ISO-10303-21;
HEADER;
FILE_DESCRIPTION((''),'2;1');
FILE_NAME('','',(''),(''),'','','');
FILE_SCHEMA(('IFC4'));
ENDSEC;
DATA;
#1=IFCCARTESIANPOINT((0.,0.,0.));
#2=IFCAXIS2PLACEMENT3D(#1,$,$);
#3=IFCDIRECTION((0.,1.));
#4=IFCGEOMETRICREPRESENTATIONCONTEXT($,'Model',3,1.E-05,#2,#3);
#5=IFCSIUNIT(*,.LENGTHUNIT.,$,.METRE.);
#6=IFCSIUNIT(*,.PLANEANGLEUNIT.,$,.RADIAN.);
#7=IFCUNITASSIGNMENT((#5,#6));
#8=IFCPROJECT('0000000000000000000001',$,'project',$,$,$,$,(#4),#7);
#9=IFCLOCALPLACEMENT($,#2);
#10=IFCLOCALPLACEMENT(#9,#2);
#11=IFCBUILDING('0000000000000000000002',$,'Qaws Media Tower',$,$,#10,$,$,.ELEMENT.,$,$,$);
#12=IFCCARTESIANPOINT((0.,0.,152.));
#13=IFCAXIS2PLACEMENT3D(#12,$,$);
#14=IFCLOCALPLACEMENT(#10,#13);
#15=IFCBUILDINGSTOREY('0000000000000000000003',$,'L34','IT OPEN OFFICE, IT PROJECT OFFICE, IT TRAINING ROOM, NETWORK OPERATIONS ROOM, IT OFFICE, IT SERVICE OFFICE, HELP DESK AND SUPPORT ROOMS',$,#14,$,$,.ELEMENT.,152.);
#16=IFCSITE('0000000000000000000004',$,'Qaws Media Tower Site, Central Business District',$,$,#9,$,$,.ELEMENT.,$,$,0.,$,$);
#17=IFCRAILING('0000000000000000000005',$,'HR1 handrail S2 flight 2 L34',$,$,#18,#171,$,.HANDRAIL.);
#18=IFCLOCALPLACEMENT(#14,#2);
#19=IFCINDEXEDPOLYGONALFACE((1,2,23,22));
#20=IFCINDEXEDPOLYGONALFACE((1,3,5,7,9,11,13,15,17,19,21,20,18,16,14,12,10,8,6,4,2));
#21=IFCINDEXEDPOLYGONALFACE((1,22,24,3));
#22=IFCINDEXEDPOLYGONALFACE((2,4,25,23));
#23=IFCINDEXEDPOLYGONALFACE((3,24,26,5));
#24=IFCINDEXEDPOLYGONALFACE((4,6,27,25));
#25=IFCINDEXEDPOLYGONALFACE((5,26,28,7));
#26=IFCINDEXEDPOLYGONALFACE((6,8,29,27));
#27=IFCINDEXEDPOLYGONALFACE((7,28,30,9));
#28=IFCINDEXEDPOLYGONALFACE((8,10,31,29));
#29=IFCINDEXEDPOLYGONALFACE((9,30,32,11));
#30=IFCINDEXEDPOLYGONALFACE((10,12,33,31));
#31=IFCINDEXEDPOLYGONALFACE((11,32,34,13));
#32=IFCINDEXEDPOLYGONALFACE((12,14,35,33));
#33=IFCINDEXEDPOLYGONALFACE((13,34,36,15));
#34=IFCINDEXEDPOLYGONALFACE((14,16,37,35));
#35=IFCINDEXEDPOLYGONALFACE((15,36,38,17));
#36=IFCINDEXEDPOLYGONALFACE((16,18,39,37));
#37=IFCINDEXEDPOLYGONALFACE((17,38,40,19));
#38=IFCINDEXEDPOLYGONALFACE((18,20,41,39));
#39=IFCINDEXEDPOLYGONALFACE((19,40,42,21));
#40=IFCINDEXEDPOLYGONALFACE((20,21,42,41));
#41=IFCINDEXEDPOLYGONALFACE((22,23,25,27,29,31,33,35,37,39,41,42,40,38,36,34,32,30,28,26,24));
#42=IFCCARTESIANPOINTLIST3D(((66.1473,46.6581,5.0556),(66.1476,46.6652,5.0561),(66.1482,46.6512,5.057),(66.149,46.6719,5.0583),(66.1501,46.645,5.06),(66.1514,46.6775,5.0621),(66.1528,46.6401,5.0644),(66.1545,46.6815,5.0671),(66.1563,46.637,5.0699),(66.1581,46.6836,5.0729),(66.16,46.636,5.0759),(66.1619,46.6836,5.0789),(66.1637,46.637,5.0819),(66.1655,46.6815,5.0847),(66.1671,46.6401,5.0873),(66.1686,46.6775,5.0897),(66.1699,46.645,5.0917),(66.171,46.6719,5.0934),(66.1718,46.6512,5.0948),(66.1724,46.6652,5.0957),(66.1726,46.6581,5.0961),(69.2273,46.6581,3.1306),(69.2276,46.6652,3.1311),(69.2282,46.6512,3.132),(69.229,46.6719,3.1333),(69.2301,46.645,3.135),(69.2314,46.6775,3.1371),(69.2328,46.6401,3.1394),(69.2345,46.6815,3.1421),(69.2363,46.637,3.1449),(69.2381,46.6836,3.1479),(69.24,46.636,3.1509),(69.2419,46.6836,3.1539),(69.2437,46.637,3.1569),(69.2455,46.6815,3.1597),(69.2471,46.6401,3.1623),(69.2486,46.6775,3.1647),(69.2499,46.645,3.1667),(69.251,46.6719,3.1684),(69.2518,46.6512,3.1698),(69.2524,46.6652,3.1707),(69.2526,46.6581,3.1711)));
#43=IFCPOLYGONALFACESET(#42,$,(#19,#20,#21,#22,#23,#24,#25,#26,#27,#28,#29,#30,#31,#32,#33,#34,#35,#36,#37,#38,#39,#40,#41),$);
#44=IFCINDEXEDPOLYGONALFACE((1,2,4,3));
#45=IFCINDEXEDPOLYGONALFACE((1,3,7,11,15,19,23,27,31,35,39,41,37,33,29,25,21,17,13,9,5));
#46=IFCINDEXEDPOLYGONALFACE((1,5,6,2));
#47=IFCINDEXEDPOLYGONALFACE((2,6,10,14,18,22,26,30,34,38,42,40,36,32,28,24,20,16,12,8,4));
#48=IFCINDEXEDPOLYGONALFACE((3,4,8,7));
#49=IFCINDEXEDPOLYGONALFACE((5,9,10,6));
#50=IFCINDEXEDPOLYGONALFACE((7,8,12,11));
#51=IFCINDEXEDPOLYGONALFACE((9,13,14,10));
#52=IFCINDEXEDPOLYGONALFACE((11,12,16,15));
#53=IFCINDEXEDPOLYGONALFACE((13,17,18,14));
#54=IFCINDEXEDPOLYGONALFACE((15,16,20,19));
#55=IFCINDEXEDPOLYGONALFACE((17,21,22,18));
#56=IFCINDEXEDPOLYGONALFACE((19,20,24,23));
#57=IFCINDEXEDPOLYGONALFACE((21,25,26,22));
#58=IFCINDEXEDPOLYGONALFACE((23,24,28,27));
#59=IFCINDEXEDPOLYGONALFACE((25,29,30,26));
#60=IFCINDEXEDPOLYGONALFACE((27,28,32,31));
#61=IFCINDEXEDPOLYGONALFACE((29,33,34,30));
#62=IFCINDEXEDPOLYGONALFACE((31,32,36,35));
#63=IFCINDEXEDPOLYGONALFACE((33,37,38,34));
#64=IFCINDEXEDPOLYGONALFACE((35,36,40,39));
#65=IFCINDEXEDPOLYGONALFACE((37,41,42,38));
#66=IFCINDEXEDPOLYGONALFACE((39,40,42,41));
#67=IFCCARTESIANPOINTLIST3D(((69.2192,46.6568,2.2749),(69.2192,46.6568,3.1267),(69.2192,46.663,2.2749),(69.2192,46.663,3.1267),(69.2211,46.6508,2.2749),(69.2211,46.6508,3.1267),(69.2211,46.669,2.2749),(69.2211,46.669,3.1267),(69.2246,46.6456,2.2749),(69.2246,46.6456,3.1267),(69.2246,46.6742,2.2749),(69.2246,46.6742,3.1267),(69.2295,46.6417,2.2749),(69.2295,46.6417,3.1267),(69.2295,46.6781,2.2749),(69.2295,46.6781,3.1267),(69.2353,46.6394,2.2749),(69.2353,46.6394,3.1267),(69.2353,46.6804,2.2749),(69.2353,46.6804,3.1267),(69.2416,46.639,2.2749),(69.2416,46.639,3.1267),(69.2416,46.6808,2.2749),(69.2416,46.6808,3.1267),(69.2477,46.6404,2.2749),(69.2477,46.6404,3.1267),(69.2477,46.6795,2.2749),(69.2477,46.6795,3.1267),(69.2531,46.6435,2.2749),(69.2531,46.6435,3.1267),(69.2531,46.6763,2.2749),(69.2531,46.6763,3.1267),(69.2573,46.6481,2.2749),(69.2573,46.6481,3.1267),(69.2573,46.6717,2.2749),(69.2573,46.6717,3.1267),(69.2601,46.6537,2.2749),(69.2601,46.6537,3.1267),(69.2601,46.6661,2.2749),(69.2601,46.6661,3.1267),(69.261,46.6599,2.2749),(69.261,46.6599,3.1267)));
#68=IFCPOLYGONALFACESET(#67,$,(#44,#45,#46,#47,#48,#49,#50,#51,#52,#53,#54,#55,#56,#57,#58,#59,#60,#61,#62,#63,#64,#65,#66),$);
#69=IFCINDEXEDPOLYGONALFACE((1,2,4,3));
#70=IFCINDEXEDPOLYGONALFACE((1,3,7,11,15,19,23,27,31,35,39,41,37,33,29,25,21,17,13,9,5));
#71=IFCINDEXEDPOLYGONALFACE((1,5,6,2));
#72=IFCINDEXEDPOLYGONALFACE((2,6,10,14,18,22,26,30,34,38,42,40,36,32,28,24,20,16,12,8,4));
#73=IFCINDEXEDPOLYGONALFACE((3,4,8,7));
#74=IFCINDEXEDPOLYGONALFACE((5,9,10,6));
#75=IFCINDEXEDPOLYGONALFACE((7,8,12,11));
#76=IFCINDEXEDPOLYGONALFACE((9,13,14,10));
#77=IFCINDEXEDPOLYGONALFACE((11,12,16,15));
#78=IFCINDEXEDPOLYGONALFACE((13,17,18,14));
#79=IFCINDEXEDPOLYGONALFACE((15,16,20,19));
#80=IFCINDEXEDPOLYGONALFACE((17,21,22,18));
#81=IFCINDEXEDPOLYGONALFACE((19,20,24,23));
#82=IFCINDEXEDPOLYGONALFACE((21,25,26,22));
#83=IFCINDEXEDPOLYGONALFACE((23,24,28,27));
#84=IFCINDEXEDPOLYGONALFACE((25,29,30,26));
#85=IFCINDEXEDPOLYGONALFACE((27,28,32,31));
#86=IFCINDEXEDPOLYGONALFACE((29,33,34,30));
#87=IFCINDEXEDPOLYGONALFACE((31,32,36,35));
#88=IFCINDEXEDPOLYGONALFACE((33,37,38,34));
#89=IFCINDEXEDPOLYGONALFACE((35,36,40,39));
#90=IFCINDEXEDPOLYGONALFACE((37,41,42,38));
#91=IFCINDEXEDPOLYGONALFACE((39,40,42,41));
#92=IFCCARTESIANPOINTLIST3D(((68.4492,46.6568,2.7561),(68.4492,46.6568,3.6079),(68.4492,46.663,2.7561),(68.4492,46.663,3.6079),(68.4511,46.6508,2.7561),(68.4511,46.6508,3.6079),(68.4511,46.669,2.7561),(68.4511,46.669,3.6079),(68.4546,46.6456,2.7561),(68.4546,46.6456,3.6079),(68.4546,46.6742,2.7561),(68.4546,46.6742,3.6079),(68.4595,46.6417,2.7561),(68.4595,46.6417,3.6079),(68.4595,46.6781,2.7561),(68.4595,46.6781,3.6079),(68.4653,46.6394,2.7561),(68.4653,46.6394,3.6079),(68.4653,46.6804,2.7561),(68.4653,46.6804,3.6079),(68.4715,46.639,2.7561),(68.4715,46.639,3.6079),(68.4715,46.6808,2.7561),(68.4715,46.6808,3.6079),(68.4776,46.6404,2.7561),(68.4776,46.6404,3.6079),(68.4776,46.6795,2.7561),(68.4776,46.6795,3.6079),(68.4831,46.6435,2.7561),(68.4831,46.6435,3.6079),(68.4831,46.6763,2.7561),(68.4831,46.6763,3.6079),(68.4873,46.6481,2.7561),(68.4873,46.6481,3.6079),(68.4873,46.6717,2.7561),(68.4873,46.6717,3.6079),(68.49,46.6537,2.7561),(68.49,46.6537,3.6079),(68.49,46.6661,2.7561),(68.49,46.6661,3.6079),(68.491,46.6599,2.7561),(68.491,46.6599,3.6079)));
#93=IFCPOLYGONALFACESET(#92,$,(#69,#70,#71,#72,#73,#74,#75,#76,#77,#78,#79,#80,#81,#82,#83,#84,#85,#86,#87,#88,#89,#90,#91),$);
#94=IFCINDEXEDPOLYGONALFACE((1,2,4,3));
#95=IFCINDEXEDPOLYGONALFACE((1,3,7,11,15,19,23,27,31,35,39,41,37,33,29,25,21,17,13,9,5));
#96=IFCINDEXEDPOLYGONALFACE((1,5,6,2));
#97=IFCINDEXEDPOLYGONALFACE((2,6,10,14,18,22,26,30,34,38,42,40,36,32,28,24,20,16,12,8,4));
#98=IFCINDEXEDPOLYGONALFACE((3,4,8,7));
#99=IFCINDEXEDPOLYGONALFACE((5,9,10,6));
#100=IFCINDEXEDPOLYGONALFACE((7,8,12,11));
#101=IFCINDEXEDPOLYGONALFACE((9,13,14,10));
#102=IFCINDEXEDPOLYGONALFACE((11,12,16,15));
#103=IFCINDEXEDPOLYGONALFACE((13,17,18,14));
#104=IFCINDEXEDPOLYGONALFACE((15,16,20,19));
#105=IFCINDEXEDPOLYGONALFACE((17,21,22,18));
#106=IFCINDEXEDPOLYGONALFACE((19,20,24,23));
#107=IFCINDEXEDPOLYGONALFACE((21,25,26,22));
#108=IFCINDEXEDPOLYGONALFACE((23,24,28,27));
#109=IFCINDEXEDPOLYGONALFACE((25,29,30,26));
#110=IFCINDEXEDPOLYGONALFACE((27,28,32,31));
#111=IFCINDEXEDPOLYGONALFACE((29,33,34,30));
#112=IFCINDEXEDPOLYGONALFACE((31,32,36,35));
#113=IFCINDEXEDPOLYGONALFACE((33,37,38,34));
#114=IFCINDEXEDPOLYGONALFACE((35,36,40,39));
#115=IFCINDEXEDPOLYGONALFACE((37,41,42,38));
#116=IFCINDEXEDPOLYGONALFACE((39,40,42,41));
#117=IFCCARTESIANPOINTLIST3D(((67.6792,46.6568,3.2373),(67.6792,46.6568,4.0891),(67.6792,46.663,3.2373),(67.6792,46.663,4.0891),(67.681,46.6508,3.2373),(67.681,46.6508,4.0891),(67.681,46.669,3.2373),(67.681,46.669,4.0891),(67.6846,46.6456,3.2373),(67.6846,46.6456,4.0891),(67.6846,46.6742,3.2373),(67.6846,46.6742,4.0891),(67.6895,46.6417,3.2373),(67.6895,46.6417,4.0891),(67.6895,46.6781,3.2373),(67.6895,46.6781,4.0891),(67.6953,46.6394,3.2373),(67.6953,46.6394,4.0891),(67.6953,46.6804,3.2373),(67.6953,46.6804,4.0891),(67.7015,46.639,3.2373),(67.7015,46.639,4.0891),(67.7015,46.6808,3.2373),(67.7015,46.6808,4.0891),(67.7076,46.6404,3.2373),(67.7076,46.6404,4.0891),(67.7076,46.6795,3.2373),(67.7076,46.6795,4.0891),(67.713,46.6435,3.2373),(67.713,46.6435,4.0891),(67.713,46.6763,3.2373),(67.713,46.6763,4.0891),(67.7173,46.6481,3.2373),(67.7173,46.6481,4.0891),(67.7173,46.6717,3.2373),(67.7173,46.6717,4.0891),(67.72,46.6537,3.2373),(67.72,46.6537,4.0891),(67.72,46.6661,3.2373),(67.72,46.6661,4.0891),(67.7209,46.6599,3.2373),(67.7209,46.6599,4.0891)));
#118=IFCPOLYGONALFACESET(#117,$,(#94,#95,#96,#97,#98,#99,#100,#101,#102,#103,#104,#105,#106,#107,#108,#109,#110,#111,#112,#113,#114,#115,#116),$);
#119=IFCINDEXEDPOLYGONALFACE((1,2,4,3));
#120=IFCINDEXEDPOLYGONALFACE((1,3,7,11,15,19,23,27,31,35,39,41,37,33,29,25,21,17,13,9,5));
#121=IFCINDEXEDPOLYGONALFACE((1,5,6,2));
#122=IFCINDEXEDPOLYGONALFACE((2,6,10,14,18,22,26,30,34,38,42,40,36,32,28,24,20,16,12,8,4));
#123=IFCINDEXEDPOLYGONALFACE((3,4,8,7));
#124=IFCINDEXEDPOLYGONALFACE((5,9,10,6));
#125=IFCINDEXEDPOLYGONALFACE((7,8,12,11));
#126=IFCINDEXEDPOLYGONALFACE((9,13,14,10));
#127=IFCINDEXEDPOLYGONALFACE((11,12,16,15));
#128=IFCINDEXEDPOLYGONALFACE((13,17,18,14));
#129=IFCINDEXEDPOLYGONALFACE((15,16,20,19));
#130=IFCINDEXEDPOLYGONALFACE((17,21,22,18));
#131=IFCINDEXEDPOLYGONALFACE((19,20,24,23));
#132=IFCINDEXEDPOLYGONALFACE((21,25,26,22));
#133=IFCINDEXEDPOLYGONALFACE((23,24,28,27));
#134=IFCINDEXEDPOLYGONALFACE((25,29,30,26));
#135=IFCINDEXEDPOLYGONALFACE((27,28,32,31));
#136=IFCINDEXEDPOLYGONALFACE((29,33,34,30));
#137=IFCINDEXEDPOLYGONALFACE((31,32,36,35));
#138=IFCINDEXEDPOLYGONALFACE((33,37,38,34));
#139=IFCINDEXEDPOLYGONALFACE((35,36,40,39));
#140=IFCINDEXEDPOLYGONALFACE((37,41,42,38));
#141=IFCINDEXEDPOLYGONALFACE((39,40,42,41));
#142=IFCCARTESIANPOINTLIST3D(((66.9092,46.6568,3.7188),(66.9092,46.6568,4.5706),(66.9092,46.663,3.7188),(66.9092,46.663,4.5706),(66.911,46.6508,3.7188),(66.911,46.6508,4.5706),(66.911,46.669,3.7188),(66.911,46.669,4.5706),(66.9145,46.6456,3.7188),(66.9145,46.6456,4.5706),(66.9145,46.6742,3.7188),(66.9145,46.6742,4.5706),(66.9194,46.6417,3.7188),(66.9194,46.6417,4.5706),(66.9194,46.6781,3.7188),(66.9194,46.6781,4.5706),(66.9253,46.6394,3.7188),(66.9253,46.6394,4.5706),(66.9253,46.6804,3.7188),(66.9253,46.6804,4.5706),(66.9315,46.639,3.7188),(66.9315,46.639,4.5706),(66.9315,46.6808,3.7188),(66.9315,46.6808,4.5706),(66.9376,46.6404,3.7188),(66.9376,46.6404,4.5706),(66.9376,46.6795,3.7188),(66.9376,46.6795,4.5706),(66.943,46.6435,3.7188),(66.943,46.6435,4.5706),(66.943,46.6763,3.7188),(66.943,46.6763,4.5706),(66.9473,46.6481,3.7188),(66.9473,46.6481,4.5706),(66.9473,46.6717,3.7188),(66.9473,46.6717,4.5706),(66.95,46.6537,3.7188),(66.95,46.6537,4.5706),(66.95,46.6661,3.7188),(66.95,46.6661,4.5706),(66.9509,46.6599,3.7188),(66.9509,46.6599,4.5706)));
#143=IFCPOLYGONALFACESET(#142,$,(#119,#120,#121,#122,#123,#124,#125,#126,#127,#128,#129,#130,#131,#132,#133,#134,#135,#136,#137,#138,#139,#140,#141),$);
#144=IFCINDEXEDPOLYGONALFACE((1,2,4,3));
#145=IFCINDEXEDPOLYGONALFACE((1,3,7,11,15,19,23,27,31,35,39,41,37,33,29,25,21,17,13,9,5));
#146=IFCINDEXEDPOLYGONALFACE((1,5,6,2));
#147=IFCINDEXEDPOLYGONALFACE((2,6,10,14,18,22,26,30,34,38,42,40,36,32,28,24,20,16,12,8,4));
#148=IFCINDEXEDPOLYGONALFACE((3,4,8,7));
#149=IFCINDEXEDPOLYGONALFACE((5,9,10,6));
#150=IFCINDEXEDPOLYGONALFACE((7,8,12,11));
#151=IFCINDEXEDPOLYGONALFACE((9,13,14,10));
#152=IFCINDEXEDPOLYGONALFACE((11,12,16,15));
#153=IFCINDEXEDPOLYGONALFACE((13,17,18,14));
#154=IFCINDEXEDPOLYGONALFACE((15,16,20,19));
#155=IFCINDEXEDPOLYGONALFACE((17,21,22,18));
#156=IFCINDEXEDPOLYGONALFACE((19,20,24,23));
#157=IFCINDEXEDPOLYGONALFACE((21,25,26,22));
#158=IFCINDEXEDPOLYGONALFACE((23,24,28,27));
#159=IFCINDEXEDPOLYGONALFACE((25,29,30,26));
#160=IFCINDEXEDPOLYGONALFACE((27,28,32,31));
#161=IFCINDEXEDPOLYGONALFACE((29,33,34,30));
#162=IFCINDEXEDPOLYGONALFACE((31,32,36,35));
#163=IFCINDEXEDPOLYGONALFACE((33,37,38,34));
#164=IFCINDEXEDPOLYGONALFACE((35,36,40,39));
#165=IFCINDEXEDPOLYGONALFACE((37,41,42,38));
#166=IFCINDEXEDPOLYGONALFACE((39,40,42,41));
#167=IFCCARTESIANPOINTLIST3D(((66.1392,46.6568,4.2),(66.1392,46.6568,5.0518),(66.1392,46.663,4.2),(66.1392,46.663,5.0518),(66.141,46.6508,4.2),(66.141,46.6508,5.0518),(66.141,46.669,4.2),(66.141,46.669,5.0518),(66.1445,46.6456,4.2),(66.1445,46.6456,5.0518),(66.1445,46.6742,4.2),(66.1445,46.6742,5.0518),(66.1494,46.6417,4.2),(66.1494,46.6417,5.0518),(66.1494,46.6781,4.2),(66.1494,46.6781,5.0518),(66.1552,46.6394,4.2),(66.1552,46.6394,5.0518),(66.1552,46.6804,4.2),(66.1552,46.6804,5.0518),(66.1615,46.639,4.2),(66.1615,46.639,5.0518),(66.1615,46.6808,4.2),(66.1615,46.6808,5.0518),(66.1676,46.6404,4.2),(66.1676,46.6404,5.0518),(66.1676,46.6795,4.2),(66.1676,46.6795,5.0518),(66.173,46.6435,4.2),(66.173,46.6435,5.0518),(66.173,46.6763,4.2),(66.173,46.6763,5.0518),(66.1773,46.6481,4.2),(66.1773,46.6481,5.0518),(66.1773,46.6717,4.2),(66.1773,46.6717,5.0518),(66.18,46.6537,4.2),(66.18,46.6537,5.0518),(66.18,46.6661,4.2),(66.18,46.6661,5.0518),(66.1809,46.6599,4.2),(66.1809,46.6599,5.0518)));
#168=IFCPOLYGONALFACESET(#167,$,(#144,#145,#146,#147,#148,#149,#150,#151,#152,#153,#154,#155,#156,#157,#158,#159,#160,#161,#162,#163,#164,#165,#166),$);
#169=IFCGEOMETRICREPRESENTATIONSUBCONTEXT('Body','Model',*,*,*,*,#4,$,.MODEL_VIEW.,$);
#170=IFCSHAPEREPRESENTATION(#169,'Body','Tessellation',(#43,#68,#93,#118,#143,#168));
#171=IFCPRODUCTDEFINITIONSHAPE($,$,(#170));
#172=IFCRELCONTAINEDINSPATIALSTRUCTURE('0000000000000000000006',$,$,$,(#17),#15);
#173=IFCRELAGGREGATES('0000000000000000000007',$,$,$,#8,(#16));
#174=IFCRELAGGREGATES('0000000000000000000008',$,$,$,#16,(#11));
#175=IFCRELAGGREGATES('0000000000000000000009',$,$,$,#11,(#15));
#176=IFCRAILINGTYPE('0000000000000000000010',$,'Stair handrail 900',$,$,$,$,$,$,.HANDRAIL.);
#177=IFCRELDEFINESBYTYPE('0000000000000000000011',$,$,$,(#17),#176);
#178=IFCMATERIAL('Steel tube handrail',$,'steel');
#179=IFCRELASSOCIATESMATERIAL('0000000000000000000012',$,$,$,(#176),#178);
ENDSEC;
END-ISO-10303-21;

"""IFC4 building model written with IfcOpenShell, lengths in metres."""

from ifc_helpers import new_model, si_unit, direction, frame, origin, origin_2d, place, context, subcontext, project, spatial, circle, extrude, material, type_object, element, save


model = new_model("IFC4")

# Units and contexts
model_context = context("Model", 3, precision=1e-05, world=origin(), true_north=direction((0.0, 1.0)))
body_context = subcontext(model_context, "Body", "Model", "MODEL_VIEW")
ifc_project = project(units=[si_unit("LENGTHUNIT", "METRE"), si_unit("PLANEANGLEUNIT", "RADIAN")], contexts=[model_context])

# Site, building, storey
site_placement = place(None, origin())
site = spatial("IfcSite", under=ifc_project, at=site_placement, Name="Qaws Media Tower Site, Central Business District", CompositionType="ELEMENT", RefElevation=0.0)
building_placement = place(site_placement, origin())
building = spatial("IfcBuilding", under=site, at=building_placement, Name="Qaws Media Tower", CompositionType="ELEMENT")
storey_placement = place(building_placement, frame((0.0, 0.0, 152.0)))
storey = spatial("IfcBuildingStorey", under=building, at=storey_placement, Name="L34", Description="IT OPEN OFFICE, IT PROJECT OFFICE, IT TRAINING ROOM, NETWORK OPERATIONS ROOM, IT OFFICE, IT SERVICE OFFICE, HELP DESK AND SUPPORT ROOMS", CompositionType="ELEMENT", Elevation=152.0)

# Railing
ifc_material_1 = material(Name="Steel tube handrail", Category="steel")
railing_type = type_object("IfcRailingType", Name="Stair handrail 900", PredefinedType="HANDRAIL", material=ifc_material_1)
for number, where, name in (
    (1, (69.24, 46.6599, 2.2749), "HR1 handrail S2 flight 2 L34"),
):
    element("IfcRailing", number, at=place(storey_placement, frame(where)), inside=storey, type_object=railing_type, Name=name, PredefinedType="HANDRAIL", context=body_context, shape_type="SweptSolid", body=[
        extrude(circle(Radius=0.0239, at=origin_2d()), frame((0.0, 0.0, 0.876), z_axis=(-0.847998, 0.0, 0.529999), x_axis=(0.0, -1.0, 0.0)), (0.0, 0.0, 1.0), 3.6321),
        extrude(circle(Radius=0.021, at=origin_2d()), origin(), (0.0, 0.0, 1.0), 0.8518),
        extrude(circle(Radius=0.021, at=origin_2d()), frame((-0.77, 0.0, 0.4812)), (0.0, 0.0, 1.0), 0.8518),
        extrude(circle(Radius=0.021, at=origin_2d()), frame((-1.54, 0.0, 0.9624)), (0.0, 0.0, 1.0), 0.8518),
        extrude(circle(Radius=0.021, at=origin_2d()), frame((-2.3101, 0.0, 1.4438)), (0.0, 0.0, 1.0), 0.8518),
        extrude(circle(Radius=0.021, at=origin_2d()), frame((-3.0801, 0.0, 1.925)), (0.0, 0.0, 1.0), 0.8518),
    ])

save(model, "model.ifc")
